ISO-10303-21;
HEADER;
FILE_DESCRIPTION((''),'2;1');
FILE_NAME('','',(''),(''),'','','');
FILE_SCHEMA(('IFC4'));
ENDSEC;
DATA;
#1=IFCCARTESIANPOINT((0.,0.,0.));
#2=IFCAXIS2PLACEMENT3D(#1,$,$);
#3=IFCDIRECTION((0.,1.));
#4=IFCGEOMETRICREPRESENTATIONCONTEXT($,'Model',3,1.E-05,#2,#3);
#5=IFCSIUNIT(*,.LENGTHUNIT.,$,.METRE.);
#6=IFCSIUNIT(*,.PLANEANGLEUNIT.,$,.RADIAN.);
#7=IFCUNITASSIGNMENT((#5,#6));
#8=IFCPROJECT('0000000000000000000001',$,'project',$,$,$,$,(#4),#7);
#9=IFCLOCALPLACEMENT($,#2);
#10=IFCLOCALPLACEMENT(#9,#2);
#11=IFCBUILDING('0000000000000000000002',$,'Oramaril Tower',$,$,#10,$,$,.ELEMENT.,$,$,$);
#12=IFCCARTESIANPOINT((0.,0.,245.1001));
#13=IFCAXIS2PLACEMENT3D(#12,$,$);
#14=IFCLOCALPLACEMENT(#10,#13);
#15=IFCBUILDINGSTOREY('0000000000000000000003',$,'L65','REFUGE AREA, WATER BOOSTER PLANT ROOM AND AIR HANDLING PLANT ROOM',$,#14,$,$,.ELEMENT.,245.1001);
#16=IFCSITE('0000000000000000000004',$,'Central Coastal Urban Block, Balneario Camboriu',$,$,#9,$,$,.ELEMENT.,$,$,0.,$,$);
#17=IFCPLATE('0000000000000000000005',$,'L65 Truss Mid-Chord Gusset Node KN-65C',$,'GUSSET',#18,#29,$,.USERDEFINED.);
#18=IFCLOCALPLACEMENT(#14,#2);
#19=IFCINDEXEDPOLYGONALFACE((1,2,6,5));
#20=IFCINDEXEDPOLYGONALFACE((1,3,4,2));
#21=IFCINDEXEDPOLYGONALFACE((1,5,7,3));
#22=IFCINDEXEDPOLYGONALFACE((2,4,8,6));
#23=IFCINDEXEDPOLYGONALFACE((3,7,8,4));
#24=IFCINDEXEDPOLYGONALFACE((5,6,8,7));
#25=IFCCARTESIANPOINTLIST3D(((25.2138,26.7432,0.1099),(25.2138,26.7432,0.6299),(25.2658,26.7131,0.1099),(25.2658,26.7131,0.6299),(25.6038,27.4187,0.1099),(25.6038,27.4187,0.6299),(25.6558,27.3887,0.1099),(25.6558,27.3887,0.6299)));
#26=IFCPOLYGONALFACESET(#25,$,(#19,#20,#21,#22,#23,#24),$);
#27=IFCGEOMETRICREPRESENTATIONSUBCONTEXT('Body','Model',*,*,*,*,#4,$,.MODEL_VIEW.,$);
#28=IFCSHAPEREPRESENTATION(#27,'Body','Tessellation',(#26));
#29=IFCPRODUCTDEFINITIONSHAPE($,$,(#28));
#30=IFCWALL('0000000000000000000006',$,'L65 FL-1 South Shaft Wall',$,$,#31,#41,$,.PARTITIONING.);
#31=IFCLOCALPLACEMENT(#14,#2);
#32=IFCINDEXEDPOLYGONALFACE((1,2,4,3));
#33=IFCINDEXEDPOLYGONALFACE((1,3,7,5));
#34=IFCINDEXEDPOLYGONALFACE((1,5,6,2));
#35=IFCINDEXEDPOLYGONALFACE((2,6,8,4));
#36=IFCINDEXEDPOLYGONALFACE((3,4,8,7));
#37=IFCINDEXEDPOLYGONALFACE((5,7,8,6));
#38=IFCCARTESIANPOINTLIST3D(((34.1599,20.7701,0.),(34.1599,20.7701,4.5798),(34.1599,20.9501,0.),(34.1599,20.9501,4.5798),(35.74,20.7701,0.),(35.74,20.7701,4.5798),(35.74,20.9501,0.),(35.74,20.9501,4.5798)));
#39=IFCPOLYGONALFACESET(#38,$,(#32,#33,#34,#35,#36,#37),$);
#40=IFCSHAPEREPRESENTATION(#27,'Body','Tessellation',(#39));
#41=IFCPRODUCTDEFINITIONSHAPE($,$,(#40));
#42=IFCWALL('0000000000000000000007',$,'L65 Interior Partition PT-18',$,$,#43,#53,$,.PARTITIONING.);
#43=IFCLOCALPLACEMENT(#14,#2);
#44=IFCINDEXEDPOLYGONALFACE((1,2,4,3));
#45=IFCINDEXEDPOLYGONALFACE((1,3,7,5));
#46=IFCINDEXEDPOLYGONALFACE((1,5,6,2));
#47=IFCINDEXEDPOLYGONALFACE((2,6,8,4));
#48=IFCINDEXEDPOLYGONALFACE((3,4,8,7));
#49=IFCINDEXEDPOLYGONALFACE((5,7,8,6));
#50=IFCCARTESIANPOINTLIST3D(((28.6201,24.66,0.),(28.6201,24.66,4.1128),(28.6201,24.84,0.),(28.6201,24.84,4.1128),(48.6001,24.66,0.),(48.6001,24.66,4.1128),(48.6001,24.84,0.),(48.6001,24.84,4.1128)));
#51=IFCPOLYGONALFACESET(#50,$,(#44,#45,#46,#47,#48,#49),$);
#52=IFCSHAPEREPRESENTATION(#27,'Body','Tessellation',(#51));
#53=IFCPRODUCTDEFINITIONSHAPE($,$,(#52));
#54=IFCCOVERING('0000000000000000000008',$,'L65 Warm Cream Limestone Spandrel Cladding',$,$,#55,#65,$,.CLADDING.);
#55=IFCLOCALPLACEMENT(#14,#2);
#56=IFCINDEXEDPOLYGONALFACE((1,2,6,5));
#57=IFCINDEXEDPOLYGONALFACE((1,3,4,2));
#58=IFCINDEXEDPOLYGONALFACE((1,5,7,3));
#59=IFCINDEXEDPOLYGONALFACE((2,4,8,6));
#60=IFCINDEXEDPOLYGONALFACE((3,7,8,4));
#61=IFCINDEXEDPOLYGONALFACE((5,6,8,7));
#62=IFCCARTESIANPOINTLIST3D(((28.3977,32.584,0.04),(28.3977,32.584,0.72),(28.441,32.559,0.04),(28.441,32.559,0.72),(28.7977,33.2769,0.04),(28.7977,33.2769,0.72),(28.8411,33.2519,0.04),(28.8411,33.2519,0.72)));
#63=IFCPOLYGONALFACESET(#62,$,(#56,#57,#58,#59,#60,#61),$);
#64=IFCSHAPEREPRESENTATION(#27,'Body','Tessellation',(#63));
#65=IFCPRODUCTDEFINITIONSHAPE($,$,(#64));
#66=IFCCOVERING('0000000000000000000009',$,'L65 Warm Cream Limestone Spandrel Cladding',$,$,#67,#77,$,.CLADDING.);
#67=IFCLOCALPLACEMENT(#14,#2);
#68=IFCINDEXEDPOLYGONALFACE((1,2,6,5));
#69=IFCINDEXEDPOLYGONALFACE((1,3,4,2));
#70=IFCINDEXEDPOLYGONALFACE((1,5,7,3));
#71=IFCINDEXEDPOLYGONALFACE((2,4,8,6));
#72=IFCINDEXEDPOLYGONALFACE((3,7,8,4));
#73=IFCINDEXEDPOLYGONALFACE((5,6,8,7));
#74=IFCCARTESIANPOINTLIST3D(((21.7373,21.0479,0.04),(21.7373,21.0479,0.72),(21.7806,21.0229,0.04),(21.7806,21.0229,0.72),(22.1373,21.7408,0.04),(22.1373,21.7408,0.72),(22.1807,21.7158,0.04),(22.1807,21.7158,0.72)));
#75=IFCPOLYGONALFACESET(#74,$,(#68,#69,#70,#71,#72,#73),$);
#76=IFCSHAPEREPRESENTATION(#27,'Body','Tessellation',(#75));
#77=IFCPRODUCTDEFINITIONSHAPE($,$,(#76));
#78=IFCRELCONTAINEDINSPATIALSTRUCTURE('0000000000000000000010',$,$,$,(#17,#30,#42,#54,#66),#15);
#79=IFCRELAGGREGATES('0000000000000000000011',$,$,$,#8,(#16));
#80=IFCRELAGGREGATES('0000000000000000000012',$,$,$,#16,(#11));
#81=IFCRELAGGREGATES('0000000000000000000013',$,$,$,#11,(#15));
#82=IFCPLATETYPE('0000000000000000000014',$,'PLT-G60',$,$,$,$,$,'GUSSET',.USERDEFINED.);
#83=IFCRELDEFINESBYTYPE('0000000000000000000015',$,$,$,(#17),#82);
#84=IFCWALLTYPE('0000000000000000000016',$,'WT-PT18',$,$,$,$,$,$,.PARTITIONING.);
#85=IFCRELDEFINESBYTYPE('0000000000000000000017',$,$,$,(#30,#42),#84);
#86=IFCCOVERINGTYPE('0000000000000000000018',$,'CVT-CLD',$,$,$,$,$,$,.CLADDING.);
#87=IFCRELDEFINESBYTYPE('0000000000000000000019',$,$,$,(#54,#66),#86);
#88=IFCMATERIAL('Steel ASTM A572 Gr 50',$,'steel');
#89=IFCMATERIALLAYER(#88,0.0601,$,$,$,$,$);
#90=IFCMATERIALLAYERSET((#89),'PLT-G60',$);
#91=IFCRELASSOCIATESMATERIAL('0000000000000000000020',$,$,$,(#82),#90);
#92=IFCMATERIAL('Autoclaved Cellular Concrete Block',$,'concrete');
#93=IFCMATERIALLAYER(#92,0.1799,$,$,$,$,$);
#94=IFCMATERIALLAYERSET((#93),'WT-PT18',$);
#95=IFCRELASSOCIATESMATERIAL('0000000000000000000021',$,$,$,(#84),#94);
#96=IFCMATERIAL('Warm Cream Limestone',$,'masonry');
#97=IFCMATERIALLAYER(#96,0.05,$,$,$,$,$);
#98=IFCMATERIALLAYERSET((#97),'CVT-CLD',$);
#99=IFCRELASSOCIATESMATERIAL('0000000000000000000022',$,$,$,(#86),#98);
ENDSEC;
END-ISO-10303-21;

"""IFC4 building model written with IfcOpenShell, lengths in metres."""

from ifc_helpers import new_model, si_unit, direction, frame, frame_2d, origin, origin_2d, place, context, subcontext, project, spatial, rectangle, extrude, material, layer, layer_set, type_object, element, save


model = new_model("IFC4")

# Units and contexts
model_context = context("Model", 3, precision=1e-05, world=origin(), true_north=direction((0.0, 1.0)))
body_context = subcontext(model_context, "Body", "Model", "MODEL_VIEW")
ifc_project = project(units=[si_unit("LENGTHUNIT", "METRE"), si_unit("PLANEANGLEUNIT", "RADIAN")], contexts=[model_context])

# Site, building, storey
site_placement = place(None, origin())
site = spatial("IfcSite", under=ifc_project, at=site_placement, Name="Central Coastal Urban Block, Balneario Camboriu", CompositionType="ELEMENT", RefElevation=0.0)
building_placement = place(site_placement, origin())
building = spatial("IfcBuilding", under=site, at=building_placement, Name="Oramaril Tower", CompositionType="ELEMENT")
storey_placement = place(building_placement, frame((0.0, 0.0, 245.1001)))
storey = spatial("IfcBuildingStorey", under=building, at=storey_placement, Name="L65", Description="REFUGE AREA, WATER BOOSTER PLANT ROOM AND AIR HANDLING PLANT ROOM", CompositionType="ELEMENT", Elevation=245.1001)

# Plate
ifc_material_1 = material(Name="Steel ASTM A572 Gr 50", Category="steel")
ifc_layer_1 = layer(ifc_material_1, 0.0601)
ifc_layer_set_1 = layer_set([ifc_layer_1], Name="PLT-G60")
plate_type = type_object("IfcPlateType", Name="PLT-G60", ElementType="GUSSET", PredefinedType="USERDEFINED", material=ifc_layer_set_1)
plate_1_placement = place(storey_placement, frame((25.4348, 27.0659, 0.1099), z_axis=(0.0, 0.0, 1.0), x_axis=(-0.500002, -0.866025, 0.0)))
element("IfcPlate", 1, at=plate_1_placement, inside=storey, type_object=plate_type, Name="L65 Truss Mid-Chord Gusset Node KN-65C", ObjectType="GUSSET", PredefinedType="USERDEFINED", context=body_context, shape_type="SweptSolid", body=[
    extrude(rectangle(XDim=0.78, YDim=0.0601, at=origin_2d()), origin(), (0.0, 0.0, 1.0), 0.52),
])

# Walls
ifc_material_2 = material(Name="Autoclaved Cellular Concrete Block", Category="concrete")
ifc_layer_2 = layer(ifc_material_2, 0.1799)
ifc_layer_set_2 = layer_set([ifc_layer_2], Name="WT-PT18")
wall_type_1 = type_object("IfcWallType", Name="WT-PT18", PredefinedType="PARTITIONING", material=ifc_layer_set_2)
wall_1_placement = place(storey_placement, frame((34.1599, 20.8601, 0.0), z_axis=(0.0, 0.0, 1.0), x_axis=(1.0, 0.0, 0.0)))
element("IfcWall", 2, at=wall_1_placement, inside=storey, type_object=wall_type_1, Name="L65 FL-1 South Shaft Wall", PredefinedType="PARTITIONING", context=body_context, shape_type="SweptSolid", body=[
    extrude(rectangle(XDim=1.5801, YDim=0.1799, at=frame_2d((0.79, 0.0))), origin(), (0.0, 0.0, 1.0), 4.5798),
])
wall_2_placement = place(storey_placement, frame((28.6201, 24.75, 0.0), z_axis=(0.0, 0.0, 1.0), x_axis=(1.0, 0.0, 0.0)))
element("IfcWall", 3, at=wall_2_placement, inside=storey, type_object=wall_type_1, Name="L65 Interior Partition PT-18", PredefinedType="PARTITIONING", context=body_context, shape_type="SweptSolid", body=[
    extrude(rectangle(XDim=19.98, YDim=0.1799, at=frame_2d((9.99, 0.0))), origin(), (0.0, 0.0, 1.0), 4.1128),
])

# Coverings
ifc_material_3 = material(Name="Warm Cream Limestone", Category="masonry")
ifc_layer_3 = layer(ifc_material_3, 0.05)
ifc_layer_set_3 = layer_set([ifc_layer_3], Name="CVT-CLD")
covering_type = type_object("IfcCoveringType", Name="CVT-CLD", PredefinedType="CLADDING", material=ifc_layer_set_3)
for number, where, z_axis, x_axis, name in (
    (4, (28.6194, 32.918, 0.04), (0.0, 0.0, 1.0), (-0.5, -0.866025, 0.0), "L65 Warm Cream Limestone Spandrel Cladding"),
    (5, (21.959, 21.3818, 0.04), (0.0, 0.0, 1.0), (-0.5, -0.866025, 0.0), "L65 Warm Cream Limestone Spandrel Cladding"),
):
    element("IfcCovering", number, at=place(storey_placement, frame(where, z_axis=z_axis, x_axis=x_axis)), inside=storey, type_object=covering_type, Name=name, PredefinedType="CLADDING", context=body_context, shape_type="SweptSolid", body=[
        extrude(rectangle(XDim=0.8, YDim=0.05, at=origin_2d()), origin(), (0.0, 0.0, 1.0), 0.6799),
    ])

save(model, "model.ifc")
